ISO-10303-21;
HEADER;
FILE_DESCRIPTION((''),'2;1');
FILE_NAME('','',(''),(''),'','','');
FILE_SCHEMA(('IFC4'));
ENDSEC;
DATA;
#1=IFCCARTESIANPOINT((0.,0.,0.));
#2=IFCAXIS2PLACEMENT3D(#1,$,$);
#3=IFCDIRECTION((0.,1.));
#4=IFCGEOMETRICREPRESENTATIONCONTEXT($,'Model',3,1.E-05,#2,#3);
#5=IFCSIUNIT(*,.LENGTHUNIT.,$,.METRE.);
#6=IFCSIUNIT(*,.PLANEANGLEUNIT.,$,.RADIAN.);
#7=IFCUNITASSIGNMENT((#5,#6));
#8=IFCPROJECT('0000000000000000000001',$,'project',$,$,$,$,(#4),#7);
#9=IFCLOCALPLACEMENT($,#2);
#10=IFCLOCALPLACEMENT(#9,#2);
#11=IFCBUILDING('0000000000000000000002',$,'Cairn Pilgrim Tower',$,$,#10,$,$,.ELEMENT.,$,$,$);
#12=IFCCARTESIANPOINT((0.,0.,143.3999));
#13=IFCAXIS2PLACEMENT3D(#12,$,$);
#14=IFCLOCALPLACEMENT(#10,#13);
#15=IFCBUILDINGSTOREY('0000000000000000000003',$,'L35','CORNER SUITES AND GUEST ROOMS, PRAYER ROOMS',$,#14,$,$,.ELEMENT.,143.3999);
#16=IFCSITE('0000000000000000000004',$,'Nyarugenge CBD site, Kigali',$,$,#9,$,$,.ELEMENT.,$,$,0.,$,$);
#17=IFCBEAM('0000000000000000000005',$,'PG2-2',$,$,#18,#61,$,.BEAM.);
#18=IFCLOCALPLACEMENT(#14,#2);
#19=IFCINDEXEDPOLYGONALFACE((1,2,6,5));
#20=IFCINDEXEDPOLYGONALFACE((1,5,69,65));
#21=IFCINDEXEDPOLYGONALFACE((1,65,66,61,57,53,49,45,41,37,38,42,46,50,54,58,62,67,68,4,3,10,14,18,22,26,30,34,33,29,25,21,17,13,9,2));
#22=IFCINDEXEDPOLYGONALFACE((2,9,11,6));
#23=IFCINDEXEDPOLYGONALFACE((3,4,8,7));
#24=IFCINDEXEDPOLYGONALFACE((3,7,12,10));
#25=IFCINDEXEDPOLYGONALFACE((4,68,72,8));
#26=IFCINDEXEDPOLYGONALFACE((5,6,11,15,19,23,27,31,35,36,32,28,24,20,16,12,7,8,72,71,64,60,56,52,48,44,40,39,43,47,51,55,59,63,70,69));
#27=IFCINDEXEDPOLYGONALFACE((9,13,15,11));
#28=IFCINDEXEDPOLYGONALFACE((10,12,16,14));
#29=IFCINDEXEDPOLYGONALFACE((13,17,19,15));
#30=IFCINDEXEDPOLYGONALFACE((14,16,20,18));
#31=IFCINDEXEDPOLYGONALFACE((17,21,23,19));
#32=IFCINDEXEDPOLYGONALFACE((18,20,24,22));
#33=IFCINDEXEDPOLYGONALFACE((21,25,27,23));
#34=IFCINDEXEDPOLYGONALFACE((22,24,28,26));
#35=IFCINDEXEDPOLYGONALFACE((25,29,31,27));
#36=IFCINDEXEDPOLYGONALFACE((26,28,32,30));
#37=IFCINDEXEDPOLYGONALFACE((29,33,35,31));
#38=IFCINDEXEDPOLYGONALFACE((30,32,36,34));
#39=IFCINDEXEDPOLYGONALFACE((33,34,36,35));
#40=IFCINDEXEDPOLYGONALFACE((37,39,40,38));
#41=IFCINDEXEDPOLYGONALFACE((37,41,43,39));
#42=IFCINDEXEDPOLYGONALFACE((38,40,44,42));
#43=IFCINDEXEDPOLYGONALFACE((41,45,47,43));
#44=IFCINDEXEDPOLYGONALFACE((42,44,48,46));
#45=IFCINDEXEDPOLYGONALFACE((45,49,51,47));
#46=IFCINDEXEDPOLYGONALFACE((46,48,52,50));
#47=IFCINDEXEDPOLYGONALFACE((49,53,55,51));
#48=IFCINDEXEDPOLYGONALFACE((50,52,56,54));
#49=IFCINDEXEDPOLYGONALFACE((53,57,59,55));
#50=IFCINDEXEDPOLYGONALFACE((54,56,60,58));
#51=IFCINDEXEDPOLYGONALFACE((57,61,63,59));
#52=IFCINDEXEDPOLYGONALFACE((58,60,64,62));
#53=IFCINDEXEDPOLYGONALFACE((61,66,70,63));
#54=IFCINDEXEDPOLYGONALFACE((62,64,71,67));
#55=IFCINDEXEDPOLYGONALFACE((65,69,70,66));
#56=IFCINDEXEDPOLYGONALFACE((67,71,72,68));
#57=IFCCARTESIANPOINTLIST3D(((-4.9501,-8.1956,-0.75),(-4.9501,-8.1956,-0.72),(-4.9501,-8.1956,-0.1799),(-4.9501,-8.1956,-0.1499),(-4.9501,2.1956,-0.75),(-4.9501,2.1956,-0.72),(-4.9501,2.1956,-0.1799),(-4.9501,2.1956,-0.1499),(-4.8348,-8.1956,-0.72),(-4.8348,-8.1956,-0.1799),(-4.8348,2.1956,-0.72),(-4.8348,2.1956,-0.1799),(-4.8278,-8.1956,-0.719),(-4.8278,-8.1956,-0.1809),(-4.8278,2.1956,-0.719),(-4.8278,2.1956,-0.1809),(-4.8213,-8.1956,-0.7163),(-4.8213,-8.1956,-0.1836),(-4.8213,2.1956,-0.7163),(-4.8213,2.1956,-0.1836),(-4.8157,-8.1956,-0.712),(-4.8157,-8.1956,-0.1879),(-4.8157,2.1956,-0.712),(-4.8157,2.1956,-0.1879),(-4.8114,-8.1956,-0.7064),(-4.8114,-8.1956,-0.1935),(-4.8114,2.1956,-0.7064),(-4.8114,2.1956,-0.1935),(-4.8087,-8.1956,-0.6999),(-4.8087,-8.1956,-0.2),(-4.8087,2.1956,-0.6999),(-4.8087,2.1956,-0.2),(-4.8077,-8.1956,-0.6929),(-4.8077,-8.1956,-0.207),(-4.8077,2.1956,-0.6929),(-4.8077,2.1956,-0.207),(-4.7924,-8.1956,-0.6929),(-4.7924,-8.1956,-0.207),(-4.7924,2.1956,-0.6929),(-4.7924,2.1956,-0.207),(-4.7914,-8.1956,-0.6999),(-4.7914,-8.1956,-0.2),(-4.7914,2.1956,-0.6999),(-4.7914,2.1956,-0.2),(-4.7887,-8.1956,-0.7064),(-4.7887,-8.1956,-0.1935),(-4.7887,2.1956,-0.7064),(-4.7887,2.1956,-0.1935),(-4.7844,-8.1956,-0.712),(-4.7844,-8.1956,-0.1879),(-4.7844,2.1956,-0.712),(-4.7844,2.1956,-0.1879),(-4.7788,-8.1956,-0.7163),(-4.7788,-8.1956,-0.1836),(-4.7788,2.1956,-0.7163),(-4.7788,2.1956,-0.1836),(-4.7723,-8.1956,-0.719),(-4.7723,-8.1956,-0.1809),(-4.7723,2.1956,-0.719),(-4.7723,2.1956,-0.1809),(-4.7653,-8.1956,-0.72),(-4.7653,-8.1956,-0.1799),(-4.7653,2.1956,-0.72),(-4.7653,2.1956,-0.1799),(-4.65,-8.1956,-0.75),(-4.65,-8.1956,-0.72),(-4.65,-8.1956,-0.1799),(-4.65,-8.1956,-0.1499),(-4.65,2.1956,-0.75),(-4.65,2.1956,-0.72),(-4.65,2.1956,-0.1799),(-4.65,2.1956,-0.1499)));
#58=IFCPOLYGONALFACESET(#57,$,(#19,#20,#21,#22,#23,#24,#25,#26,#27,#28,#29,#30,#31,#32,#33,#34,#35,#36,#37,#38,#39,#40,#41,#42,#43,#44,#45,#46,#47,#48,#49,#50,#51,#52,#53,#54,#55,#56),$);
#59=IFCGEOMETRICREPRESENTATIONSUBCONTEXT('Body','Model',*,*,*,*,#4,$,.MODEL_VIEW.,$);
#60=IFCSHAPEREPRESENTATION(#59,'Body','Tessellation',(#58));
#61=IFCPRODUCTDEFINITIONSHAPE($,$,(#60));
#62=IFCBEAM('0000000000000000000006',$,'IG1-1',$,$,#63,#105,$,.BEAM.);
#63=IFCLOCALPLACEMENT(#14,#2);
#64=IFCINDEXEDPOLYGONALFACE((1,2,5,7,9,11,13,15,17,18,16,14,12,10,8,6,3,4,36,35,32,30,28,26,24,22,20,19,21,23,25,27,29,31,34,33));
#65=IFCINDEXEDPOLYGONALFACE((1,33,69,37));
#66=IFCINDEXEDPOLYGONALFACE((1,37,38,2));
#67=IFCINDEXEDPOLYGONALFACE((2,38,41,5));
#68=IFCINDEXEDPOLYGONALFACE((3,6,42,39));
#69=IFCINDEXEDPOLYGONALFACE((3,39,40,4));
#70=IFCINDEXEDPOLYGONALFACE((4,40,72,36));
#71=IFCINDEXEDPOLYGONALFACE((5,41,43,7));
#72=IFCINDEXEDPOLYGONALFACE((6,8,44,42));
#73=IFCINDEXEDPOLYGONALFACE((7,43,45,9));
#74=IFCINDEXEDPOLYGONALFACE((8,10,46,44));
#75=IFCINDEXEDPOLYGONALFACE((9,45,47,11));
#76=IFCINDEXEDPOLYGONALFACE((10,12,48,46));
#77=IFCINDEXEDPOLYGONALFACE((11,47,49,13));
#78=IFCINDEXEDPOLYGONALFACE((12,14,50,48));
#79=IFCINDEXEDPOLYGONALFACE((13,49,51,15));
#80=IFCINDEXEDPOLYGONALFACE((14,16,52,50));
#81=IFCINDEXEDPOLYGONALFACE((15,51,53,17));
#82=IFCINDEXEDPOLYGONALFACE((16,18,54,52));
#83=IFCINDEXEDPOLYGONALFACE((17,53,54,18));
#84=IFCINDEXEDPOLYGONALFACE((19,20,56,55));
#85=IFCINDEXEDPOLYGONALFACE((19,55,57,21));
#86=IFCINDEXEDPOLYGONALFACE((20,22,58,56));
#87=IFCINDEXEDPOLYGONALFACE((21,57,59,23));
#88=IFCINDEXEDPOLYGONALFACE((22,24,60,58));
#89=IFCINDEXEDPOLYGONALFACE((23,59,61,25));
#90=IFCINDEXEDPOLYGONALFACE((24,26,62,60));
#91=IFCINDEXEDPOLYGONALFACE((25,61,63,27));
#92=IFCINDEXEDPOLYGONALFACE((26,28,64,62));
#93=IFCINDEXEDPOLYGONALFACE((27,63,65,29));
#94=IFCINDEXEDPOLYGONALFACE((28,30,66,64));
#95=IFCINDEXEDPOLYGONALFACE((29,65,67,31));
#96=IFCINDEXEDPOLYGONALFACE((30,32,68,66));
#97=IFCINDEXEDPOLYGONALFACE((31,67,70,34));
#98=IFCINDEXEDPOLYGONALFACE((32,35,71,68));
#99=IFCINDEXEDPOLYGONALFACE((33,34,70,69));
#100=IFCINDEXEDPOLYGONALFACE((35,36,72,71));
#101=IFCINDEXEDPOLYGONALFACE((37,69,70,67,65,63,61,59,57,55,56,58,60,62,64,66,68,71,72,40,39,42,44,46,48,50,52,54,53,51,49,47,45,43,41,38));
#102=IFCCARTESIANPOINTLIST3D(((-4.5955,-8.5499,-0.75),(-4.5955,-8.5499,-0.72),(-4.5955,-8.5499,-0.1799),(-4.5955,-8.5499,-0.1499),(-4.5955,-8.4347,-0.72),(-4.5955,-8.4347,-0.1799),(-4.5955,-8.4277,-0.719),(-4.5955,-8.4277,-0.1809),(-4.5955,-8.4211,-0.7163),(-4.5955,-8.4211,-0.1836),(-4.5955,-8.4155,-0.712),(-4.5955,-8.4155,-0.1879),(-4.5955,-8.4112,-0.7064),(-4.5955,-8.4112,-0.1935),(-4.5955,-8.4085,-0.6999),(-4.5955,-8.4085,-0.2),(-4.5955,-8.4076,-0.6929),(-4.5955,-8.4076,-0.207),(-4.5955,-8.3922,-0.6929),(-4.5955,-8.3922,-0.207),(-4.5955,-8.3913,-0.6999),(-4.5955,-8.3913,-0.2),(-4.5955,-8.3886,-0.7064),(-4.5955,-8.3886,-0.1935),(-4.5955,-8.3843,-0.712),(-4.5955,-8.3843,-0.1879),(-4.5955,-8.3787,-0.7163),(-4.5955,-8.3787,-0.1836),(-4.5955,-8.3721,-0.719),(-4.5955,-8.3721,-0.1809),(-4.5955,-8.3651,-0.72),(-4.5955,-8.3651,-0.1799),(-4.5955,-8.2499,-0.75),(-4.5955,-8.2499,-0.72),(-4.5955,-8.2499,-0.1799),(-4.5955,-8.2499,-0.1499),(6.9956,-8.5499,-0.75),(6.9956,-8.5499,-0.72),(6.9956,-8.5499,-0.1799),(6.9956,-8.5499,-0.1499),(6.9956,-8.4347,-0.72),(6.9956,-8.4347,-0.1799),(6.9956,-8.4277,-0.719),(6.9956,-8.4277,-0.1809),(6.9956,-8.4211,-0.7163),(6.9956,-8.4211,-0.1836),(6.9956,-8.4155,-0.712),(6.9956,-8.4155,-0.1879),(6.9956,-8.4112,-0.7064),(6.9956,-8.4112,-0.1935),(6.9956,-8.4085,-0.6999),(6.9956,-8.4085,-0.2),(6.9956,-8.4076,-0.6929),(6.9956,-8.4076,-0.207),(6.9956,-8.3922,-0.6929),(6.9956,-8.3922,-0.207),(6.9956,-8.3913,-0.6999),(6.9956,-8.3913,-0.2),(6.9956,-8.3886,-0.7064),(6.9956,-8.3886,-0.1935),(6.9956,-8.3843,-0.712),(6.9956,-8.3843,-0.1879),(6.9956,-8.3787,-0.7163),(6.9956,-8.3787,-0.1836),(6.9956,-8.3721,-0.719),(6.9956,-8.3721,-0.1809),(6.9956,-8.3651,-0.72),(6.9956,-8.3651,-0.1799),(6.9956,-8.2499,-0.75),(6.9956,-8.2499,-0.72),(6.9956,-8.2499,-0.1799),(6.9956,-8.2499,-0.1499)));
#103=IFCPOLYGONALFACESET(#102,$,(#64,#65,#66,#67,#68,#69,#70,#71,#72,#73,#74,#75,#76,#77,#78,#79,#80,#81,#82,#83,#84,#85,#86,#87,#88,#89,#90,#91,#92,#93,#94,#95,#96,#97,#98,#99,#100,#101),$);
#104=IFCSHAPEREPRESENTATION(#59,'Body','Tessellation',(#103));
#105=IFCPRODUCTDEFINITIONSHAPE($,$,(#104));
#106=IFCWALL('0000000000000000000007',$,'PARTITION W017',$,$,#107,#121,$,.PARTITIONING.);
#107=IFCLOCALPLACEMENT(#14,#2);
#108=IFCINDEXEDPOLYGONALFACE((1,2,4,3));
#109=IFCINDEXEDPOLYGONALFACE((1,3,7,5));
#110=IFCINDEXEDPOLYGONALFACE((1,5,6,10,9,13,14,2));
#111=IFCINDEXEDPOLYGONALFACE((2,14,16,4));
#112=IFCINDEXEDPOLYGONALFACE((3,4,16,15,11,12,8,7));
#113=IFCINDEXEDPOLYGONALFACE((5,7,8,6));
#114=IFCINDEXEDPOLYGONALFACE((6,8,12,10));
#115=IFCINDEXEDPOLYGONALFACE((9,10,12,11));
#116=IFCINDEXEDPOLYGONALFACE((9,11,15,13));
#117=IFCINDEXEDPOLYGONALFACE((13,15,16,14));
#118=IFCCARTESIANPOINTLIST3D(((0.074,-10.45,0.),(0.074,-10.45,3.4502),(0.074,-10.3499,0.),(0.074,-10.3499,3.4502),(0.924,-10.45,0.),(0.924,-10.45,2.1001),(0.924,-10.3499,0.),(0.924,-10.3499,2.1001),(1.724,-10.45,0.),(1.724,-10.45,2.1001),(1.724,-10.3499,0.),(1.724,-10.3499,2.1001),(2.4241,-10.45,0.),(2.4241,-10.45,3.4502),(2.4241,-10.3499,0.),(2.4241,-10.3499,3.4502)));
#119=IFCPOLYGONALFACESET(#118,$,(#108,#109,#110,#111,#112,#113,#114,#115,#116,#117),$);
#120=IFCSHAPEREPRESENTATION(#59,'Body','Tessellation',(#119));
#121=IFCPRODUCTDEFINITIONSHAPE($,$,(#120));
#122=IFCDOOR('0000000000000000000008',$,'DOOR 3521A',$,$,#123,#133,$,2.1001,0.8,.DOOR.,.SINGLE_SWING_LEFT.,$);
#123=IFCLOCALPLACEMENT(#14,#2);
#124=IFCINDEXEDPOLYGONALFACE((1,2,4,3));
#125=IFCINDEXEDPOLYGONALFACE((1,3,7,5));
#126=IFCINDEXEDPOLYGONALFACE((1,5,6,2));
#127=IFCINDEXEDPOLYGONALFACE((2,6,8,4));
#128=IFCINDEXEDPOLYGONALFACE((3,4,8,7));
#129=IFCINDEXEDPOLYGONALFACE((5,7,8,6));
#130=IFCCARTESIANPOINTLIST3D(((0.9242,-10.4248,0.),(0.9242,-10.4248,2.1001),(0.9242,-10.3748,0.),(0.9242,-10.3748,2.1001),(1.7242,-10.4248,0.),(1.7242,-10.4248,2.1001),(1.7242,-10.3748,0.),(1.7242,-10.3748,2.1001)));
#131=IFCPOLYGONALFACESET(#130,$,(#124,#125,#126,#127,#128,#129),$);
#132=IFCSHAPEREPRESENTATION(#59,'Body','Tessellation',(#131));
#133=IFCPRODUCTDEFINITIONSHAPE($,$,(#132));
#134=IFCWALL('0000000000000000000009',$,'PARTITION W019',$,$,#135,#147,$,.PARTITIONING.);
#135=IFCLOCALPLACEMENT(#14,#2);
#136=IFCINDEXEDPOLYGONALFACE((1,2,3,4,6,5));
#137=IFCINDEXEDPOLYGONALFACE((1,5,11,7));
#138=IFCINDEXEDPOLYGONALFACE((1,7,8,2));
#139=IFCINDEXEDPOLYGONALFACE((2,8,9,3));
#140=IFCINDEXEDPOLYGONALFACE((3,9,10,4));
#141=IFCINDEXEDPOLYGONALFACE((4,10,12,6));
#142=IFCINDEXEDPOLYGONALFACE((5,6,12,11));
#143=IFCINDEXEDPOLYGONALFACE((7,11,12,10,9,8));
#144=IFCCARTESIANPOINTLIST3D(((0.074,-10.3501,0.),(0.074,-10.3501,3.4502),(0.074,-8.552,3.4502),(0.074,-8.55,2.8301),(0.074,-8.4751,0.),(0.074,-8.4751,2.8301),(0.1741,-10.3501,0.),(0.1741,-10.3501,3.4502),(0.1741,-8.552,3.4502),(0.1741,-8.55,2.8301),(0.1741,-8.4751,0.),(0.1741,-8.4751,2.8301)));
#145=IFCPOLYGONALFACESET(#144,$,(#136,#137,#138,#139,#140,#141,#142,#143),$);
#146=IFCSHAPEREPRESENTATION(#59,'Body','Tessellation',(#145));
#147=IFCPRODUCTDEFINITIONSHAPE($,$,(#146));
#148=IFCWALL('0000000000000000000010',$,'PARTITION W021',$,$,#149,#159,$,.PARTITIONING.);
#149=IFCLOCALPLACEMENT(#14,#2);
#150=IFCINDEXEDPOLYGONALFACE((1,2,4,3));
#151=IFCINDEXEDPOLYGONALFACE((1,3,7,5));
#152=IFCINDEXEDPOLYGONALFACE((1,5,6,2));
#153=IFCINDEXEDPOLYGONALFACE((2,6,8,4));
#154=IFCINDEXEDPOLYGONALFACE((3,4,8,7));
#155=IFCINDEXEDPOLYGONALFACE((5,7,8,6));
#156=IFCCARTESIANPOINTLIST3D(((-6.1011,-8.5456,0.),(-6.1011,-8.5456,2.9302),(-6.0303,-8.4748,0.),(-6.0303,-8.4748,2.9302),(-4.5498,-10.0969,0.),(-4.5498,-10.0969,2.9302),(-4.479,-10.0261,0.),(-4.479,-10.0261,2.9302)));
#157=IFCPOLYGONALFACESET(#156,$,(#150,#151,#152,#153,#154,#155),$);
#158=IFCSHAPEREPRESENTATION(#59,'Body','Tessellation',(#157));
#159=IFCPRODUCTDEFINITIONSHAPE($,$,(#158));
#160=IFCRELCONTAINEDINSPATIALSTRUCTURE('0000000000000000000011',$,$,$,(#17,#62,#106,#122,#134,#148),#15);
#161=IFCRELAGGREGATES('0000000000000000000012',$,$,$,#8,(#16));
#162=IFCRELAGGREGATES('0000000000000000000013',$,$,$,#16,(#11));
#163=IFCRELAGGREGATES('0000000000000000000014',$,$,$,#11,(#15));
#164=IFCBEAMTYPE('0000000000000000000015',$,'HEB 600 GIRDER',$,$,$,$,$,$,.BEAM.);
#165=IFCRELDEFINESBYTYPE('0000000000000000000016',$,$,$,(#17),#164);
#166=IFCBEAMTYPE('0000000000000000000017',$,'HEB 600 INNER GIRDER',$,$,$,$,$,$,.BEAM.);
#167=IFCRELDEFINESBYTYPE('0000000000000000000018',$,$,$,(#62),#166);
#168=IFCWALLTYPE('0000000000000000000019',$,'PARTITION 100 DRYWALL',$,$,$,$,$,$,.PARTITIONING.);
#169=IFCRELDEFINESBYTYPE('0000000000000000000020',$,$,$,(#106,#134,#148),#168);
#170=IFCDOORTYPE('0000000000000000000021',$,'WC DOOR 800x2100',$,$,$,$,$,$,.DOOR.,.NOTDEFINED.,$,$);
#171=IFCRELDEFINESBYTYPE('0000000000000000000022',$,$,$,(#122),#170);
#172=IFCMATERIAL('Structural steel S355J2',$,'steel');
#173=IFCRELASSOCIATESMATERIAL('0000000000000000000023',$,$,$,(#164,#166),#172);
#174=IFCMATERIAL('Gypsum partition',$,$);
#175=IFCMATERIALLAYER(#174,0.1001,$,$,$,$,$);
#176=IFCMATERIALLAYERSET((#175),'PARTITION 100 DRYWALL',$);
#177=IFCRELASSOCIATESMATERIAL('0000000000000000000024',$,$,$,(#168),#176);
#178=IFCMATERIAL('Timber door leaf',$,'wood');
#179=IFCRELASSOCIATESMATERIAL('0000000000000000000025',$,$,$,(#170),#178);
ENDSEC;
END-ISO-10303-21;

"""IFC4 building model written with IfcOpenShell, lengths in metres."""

from ifc_helpers import new_model, si_unit, direction, frame, frame_2d, origin, origin_2d, place, context, subcontext, project, spatial, polyline, rectangle, i_section, outline, extrude, material, layer, layer_set, material_profile, profile_set, type_object, element, fill, save


model = new_model("IFC4")

# Units and contexts
model_context = context("Model", 3, precision=1e-05, world=origin(), true_north=direction((0.0, 1.0)))
body_context = subcontext(model_context, "Body", "Model", "MODEL_VIEW")
ifc_project = project(units=[si_unit("LENGTHUNIT", "METRE"), si_unit("PLANEANGLEUNIT", "RADIAN")], contexts=[model_context])

# Site, building, storey
site_placement = place(None, origin())
site = spatial("IfcSite", under=ifc_project, at=site_placement, Name="Nyarugenge CBD site, Kigali", CompositionType="ELEMENT", RefElevation=0.0)
building_placement = place(site_placement, origin())
building = spatial("IfcBuilding", under=site, at=building_placement, Name="Cairn Pilgrim Tower", CompositionType="ELEMENT")
storey_placement = place(building_placement, frame((0.0, 0.0, 143.3999)))
storey = spatial("IfcBuildingStorey", under=building, at=storey_placement, Name="L35", Description="CORNER SUITES AND GUEST ROOMS, PRAYER ROOMS", CompositionType="ELEMENT", Elevation=143.3999)

# Beams
ifc_material_1 = material(Name="Structural steel S355J2", Category="steel")
ifc_material_profile_1 = material_profile(ifc_material_1, i_section(OverallWidth=0.3, OverallDepth=0.6001, WebThickness=0.0154, FlangeThickness=0.03, FilletRadius=0.0271, at=origin_2d()), Name="HEB 600")
ifc_profile_set_1 = profile_set([ifc_material_profile_1], Name="Structural steel S355J2")
beam_type_1 = type_object("IfcBeamType", Name="HEB 600 GIRDER", PredefinedType="BEAM", material=ifc_profile_set_1)
beam_1_placement = place(storey_placement, frame((-4.8, -8.1956, -0.45), z_axis=(0.0, 1.0, 0.0), x_axis=(-1.0, 0.0, 0.0)))
element("IfcBeam", 1, at=beam_1_placement, inside=storey, type_object=beam_type_1, Name="PG2-2", PredefinedType="BEAM", context=body_context, shape_type="SweptSolid", body=[
    extrude(i_section(OverallWidth=0.3, OverallDepth=0.6001, WebThickness=0.0154, FlangeThickness=0.03, FilletRadius=0.0271, at=origin_2d()), origin(), (0.0, 0.0, 1.0), 10.3911),
])
ifc_material_profile_2 = material_profile(ifc_material_1, i_section(OverallWidth=0.3, OverallDepth=0.6001, WebThickness=0.0154, FlangeThickness=0.03, FilletRadius=0.0271, at=origin_2d()), Name="HEB 600")
ifc_profile_set_2 = profile_set([ifc_material_profile_2], Name="Structural steel S355J2")
beam_type_2 = type_object("IfcBeamType", Name="HEB 600 INNER GIRDER", PredefinedType="BEAM", material=ifc_profile_set_2)
beam_2_placement = place(storey_placement, frame((-4.5955, -8.3999, -0.45), z_axis=(1.0, 0.0, 0.0), x_axis=(0.0, 1.0, 0.0)))
element("IfcBeam", 2, at=beam_2_placement, inside=storey, type_object=beam_type_2, Name="IG1-1", PredefinedType="BEAM", context=body_context, shape_type="SweptSolid", body=[
    extrude(i_section(OverallWidth=0.3, OverallDepth=0.6001, WebThickness=0.0154, FlangeThickness=0.03, FilletRadius=0.0271, at=origin_2d()), origin(), (0.0, 0.0, 1.0), 11.5911),
])

# Wall, opening, door
ifc_material_2 = material(Name="Gypsum partition")
ifc_layer_1 = layer(ifc_material_2, 0.1001)
ifc_layer_set_1 = layer_set([ifc_layer_1], Name="PARTITION 100 DRYWALL")
wall_type_1 = type_object("IfcWallType", Name="PARTITION 100 DRYWALL", PredefinedType="PARTITIONING", material=ifc_layer_set_1)
wall_1_placement = place(storey_placement, frame((0.074, -10.3999, 0.0), z_axis=(0.0, 0.0, 1.0), x_axis=(1.0, 0.0, 0.0)))
wall_1 = element("IfcWall", 3, at=wall_1_placement, inside=storey, type_object=wall_type_1, Name="PARTITION W017", PredefinedType="PARTITIONING", context=body_context, shape_type="SweptSolid", body=[
    extrude(rectangle(XDim=2.3501, YDim=0.1001, at=frame_2d((1.175, 0.0))), origin(), (0.0, 0.0, 1.0), 3.4502),
])
opening_1_placement = place(wall_1_placement, frame((0.8501, 0.0, 0.0)))
opening_1 = element("IfcOpeningElement", 4, at=opening_1_placement, cuts=wall_1, PredefinedType="OPENING", context=body_context, shape_type="SweptSolid", body=[
    extrude(rectangle(XDim=0.8, YDim=2.1001, at=frame_2d((0.3999, 1.05))), frame((0.0, 0.0601, 0.0), z_axis=(0.0, -1.0, 0.0), x_axis=(1.0, 0.0, 0.0)), (0.0, 0.0, 1.0), 0.1201),
])
ifc_material_3 = material(Name="Timber door leaf", Category="wood")
door_type_1 = type_object("IfcDoorType", Name="WC DOOR 800x2100", OperationType="NOTDEFINED", PredefinedType="DOOR", material=ifc_material_3)
door_1_placement = place(opening_1_placement, frame((0.8, 0.0, 0.0), z_axis=(0.0, 0.0, 1.0), x_axis=(-1.0, 0.0, 0.0)))
door_1 = element("IfcDoor", 5, at=door_1_placement, inside=storey, type_object=door_type_1, Name="DOOR 3521A", OperationType="SINGLE_SWING_LEFT", OverallHeight=2.1001, OverallWidth=0.8, PredefinedType="DOOR", context=body_context, shape_type="SweptSolid", body=[
    extrude(rectangle(XDim=0.8, YDim=2.1001, at=frame_2d((0.3999, 1.05))), frame((0.0, 0.0249, 0.0), z_axis=(0.0, -1.0, 0.0), x_axis=(1.0, 0.0, 0.0)), (0.0, 0.0, 1.0), 0.05),
])
fill(opening_1, door_1)

# Walls
wall_2_placement = place(storey_placement, frame((0.124, -10.3501, 0.0), z_axis=(0.0, 0.0, 1.0), x_axis=(0.0, 1.0, 0.0)))
element("IfcWall", 6, at=wall_2_placement, inside=storey, type_object=wall_type_1, Name="PARTITION W019", PredefinedType="PARTITIONING", context=body_context, shape_type="SweptSolid", body=[
    extrude(outline(polyline([(0.0, 0.0), (1.875, 0.0), (1.875, 2.8301), (1.8, 2.8301), (1.7981, 3.4502), (0.0, 3.4502), (0.0, 0.0)])), frame((0.0, 0.05, 0.0), z_axis=(0.0, -1.0, 0.0), x_axis=(1.0, 0.0, 0.0)), (0.0, 0.0, 1.0), 0.1001),
])
wall_3_placement = place(storey_placement, frame((-4.5144, -10.0615, 0.0), z_axis=(0.0, 0.0, 1.0), x_axis=(-0.707107, 0.707107, 0.0)))
element("IfcWall", 7, at=wall_3_placement, inside=storey, type_object=wall_type_1, Name="PARTITION W021", PredefinedType="PARTITIONING", context=body_context, shape_type="SweptSolid", body=[
    extrude(rectangle(XDim=2.1938, YDim=0.1001, at=frame_2d((1.0969, 0.0))), origin(), (0.0, 0.0, 1.0), 2.9302),
])

save(model, "model.ifc")
